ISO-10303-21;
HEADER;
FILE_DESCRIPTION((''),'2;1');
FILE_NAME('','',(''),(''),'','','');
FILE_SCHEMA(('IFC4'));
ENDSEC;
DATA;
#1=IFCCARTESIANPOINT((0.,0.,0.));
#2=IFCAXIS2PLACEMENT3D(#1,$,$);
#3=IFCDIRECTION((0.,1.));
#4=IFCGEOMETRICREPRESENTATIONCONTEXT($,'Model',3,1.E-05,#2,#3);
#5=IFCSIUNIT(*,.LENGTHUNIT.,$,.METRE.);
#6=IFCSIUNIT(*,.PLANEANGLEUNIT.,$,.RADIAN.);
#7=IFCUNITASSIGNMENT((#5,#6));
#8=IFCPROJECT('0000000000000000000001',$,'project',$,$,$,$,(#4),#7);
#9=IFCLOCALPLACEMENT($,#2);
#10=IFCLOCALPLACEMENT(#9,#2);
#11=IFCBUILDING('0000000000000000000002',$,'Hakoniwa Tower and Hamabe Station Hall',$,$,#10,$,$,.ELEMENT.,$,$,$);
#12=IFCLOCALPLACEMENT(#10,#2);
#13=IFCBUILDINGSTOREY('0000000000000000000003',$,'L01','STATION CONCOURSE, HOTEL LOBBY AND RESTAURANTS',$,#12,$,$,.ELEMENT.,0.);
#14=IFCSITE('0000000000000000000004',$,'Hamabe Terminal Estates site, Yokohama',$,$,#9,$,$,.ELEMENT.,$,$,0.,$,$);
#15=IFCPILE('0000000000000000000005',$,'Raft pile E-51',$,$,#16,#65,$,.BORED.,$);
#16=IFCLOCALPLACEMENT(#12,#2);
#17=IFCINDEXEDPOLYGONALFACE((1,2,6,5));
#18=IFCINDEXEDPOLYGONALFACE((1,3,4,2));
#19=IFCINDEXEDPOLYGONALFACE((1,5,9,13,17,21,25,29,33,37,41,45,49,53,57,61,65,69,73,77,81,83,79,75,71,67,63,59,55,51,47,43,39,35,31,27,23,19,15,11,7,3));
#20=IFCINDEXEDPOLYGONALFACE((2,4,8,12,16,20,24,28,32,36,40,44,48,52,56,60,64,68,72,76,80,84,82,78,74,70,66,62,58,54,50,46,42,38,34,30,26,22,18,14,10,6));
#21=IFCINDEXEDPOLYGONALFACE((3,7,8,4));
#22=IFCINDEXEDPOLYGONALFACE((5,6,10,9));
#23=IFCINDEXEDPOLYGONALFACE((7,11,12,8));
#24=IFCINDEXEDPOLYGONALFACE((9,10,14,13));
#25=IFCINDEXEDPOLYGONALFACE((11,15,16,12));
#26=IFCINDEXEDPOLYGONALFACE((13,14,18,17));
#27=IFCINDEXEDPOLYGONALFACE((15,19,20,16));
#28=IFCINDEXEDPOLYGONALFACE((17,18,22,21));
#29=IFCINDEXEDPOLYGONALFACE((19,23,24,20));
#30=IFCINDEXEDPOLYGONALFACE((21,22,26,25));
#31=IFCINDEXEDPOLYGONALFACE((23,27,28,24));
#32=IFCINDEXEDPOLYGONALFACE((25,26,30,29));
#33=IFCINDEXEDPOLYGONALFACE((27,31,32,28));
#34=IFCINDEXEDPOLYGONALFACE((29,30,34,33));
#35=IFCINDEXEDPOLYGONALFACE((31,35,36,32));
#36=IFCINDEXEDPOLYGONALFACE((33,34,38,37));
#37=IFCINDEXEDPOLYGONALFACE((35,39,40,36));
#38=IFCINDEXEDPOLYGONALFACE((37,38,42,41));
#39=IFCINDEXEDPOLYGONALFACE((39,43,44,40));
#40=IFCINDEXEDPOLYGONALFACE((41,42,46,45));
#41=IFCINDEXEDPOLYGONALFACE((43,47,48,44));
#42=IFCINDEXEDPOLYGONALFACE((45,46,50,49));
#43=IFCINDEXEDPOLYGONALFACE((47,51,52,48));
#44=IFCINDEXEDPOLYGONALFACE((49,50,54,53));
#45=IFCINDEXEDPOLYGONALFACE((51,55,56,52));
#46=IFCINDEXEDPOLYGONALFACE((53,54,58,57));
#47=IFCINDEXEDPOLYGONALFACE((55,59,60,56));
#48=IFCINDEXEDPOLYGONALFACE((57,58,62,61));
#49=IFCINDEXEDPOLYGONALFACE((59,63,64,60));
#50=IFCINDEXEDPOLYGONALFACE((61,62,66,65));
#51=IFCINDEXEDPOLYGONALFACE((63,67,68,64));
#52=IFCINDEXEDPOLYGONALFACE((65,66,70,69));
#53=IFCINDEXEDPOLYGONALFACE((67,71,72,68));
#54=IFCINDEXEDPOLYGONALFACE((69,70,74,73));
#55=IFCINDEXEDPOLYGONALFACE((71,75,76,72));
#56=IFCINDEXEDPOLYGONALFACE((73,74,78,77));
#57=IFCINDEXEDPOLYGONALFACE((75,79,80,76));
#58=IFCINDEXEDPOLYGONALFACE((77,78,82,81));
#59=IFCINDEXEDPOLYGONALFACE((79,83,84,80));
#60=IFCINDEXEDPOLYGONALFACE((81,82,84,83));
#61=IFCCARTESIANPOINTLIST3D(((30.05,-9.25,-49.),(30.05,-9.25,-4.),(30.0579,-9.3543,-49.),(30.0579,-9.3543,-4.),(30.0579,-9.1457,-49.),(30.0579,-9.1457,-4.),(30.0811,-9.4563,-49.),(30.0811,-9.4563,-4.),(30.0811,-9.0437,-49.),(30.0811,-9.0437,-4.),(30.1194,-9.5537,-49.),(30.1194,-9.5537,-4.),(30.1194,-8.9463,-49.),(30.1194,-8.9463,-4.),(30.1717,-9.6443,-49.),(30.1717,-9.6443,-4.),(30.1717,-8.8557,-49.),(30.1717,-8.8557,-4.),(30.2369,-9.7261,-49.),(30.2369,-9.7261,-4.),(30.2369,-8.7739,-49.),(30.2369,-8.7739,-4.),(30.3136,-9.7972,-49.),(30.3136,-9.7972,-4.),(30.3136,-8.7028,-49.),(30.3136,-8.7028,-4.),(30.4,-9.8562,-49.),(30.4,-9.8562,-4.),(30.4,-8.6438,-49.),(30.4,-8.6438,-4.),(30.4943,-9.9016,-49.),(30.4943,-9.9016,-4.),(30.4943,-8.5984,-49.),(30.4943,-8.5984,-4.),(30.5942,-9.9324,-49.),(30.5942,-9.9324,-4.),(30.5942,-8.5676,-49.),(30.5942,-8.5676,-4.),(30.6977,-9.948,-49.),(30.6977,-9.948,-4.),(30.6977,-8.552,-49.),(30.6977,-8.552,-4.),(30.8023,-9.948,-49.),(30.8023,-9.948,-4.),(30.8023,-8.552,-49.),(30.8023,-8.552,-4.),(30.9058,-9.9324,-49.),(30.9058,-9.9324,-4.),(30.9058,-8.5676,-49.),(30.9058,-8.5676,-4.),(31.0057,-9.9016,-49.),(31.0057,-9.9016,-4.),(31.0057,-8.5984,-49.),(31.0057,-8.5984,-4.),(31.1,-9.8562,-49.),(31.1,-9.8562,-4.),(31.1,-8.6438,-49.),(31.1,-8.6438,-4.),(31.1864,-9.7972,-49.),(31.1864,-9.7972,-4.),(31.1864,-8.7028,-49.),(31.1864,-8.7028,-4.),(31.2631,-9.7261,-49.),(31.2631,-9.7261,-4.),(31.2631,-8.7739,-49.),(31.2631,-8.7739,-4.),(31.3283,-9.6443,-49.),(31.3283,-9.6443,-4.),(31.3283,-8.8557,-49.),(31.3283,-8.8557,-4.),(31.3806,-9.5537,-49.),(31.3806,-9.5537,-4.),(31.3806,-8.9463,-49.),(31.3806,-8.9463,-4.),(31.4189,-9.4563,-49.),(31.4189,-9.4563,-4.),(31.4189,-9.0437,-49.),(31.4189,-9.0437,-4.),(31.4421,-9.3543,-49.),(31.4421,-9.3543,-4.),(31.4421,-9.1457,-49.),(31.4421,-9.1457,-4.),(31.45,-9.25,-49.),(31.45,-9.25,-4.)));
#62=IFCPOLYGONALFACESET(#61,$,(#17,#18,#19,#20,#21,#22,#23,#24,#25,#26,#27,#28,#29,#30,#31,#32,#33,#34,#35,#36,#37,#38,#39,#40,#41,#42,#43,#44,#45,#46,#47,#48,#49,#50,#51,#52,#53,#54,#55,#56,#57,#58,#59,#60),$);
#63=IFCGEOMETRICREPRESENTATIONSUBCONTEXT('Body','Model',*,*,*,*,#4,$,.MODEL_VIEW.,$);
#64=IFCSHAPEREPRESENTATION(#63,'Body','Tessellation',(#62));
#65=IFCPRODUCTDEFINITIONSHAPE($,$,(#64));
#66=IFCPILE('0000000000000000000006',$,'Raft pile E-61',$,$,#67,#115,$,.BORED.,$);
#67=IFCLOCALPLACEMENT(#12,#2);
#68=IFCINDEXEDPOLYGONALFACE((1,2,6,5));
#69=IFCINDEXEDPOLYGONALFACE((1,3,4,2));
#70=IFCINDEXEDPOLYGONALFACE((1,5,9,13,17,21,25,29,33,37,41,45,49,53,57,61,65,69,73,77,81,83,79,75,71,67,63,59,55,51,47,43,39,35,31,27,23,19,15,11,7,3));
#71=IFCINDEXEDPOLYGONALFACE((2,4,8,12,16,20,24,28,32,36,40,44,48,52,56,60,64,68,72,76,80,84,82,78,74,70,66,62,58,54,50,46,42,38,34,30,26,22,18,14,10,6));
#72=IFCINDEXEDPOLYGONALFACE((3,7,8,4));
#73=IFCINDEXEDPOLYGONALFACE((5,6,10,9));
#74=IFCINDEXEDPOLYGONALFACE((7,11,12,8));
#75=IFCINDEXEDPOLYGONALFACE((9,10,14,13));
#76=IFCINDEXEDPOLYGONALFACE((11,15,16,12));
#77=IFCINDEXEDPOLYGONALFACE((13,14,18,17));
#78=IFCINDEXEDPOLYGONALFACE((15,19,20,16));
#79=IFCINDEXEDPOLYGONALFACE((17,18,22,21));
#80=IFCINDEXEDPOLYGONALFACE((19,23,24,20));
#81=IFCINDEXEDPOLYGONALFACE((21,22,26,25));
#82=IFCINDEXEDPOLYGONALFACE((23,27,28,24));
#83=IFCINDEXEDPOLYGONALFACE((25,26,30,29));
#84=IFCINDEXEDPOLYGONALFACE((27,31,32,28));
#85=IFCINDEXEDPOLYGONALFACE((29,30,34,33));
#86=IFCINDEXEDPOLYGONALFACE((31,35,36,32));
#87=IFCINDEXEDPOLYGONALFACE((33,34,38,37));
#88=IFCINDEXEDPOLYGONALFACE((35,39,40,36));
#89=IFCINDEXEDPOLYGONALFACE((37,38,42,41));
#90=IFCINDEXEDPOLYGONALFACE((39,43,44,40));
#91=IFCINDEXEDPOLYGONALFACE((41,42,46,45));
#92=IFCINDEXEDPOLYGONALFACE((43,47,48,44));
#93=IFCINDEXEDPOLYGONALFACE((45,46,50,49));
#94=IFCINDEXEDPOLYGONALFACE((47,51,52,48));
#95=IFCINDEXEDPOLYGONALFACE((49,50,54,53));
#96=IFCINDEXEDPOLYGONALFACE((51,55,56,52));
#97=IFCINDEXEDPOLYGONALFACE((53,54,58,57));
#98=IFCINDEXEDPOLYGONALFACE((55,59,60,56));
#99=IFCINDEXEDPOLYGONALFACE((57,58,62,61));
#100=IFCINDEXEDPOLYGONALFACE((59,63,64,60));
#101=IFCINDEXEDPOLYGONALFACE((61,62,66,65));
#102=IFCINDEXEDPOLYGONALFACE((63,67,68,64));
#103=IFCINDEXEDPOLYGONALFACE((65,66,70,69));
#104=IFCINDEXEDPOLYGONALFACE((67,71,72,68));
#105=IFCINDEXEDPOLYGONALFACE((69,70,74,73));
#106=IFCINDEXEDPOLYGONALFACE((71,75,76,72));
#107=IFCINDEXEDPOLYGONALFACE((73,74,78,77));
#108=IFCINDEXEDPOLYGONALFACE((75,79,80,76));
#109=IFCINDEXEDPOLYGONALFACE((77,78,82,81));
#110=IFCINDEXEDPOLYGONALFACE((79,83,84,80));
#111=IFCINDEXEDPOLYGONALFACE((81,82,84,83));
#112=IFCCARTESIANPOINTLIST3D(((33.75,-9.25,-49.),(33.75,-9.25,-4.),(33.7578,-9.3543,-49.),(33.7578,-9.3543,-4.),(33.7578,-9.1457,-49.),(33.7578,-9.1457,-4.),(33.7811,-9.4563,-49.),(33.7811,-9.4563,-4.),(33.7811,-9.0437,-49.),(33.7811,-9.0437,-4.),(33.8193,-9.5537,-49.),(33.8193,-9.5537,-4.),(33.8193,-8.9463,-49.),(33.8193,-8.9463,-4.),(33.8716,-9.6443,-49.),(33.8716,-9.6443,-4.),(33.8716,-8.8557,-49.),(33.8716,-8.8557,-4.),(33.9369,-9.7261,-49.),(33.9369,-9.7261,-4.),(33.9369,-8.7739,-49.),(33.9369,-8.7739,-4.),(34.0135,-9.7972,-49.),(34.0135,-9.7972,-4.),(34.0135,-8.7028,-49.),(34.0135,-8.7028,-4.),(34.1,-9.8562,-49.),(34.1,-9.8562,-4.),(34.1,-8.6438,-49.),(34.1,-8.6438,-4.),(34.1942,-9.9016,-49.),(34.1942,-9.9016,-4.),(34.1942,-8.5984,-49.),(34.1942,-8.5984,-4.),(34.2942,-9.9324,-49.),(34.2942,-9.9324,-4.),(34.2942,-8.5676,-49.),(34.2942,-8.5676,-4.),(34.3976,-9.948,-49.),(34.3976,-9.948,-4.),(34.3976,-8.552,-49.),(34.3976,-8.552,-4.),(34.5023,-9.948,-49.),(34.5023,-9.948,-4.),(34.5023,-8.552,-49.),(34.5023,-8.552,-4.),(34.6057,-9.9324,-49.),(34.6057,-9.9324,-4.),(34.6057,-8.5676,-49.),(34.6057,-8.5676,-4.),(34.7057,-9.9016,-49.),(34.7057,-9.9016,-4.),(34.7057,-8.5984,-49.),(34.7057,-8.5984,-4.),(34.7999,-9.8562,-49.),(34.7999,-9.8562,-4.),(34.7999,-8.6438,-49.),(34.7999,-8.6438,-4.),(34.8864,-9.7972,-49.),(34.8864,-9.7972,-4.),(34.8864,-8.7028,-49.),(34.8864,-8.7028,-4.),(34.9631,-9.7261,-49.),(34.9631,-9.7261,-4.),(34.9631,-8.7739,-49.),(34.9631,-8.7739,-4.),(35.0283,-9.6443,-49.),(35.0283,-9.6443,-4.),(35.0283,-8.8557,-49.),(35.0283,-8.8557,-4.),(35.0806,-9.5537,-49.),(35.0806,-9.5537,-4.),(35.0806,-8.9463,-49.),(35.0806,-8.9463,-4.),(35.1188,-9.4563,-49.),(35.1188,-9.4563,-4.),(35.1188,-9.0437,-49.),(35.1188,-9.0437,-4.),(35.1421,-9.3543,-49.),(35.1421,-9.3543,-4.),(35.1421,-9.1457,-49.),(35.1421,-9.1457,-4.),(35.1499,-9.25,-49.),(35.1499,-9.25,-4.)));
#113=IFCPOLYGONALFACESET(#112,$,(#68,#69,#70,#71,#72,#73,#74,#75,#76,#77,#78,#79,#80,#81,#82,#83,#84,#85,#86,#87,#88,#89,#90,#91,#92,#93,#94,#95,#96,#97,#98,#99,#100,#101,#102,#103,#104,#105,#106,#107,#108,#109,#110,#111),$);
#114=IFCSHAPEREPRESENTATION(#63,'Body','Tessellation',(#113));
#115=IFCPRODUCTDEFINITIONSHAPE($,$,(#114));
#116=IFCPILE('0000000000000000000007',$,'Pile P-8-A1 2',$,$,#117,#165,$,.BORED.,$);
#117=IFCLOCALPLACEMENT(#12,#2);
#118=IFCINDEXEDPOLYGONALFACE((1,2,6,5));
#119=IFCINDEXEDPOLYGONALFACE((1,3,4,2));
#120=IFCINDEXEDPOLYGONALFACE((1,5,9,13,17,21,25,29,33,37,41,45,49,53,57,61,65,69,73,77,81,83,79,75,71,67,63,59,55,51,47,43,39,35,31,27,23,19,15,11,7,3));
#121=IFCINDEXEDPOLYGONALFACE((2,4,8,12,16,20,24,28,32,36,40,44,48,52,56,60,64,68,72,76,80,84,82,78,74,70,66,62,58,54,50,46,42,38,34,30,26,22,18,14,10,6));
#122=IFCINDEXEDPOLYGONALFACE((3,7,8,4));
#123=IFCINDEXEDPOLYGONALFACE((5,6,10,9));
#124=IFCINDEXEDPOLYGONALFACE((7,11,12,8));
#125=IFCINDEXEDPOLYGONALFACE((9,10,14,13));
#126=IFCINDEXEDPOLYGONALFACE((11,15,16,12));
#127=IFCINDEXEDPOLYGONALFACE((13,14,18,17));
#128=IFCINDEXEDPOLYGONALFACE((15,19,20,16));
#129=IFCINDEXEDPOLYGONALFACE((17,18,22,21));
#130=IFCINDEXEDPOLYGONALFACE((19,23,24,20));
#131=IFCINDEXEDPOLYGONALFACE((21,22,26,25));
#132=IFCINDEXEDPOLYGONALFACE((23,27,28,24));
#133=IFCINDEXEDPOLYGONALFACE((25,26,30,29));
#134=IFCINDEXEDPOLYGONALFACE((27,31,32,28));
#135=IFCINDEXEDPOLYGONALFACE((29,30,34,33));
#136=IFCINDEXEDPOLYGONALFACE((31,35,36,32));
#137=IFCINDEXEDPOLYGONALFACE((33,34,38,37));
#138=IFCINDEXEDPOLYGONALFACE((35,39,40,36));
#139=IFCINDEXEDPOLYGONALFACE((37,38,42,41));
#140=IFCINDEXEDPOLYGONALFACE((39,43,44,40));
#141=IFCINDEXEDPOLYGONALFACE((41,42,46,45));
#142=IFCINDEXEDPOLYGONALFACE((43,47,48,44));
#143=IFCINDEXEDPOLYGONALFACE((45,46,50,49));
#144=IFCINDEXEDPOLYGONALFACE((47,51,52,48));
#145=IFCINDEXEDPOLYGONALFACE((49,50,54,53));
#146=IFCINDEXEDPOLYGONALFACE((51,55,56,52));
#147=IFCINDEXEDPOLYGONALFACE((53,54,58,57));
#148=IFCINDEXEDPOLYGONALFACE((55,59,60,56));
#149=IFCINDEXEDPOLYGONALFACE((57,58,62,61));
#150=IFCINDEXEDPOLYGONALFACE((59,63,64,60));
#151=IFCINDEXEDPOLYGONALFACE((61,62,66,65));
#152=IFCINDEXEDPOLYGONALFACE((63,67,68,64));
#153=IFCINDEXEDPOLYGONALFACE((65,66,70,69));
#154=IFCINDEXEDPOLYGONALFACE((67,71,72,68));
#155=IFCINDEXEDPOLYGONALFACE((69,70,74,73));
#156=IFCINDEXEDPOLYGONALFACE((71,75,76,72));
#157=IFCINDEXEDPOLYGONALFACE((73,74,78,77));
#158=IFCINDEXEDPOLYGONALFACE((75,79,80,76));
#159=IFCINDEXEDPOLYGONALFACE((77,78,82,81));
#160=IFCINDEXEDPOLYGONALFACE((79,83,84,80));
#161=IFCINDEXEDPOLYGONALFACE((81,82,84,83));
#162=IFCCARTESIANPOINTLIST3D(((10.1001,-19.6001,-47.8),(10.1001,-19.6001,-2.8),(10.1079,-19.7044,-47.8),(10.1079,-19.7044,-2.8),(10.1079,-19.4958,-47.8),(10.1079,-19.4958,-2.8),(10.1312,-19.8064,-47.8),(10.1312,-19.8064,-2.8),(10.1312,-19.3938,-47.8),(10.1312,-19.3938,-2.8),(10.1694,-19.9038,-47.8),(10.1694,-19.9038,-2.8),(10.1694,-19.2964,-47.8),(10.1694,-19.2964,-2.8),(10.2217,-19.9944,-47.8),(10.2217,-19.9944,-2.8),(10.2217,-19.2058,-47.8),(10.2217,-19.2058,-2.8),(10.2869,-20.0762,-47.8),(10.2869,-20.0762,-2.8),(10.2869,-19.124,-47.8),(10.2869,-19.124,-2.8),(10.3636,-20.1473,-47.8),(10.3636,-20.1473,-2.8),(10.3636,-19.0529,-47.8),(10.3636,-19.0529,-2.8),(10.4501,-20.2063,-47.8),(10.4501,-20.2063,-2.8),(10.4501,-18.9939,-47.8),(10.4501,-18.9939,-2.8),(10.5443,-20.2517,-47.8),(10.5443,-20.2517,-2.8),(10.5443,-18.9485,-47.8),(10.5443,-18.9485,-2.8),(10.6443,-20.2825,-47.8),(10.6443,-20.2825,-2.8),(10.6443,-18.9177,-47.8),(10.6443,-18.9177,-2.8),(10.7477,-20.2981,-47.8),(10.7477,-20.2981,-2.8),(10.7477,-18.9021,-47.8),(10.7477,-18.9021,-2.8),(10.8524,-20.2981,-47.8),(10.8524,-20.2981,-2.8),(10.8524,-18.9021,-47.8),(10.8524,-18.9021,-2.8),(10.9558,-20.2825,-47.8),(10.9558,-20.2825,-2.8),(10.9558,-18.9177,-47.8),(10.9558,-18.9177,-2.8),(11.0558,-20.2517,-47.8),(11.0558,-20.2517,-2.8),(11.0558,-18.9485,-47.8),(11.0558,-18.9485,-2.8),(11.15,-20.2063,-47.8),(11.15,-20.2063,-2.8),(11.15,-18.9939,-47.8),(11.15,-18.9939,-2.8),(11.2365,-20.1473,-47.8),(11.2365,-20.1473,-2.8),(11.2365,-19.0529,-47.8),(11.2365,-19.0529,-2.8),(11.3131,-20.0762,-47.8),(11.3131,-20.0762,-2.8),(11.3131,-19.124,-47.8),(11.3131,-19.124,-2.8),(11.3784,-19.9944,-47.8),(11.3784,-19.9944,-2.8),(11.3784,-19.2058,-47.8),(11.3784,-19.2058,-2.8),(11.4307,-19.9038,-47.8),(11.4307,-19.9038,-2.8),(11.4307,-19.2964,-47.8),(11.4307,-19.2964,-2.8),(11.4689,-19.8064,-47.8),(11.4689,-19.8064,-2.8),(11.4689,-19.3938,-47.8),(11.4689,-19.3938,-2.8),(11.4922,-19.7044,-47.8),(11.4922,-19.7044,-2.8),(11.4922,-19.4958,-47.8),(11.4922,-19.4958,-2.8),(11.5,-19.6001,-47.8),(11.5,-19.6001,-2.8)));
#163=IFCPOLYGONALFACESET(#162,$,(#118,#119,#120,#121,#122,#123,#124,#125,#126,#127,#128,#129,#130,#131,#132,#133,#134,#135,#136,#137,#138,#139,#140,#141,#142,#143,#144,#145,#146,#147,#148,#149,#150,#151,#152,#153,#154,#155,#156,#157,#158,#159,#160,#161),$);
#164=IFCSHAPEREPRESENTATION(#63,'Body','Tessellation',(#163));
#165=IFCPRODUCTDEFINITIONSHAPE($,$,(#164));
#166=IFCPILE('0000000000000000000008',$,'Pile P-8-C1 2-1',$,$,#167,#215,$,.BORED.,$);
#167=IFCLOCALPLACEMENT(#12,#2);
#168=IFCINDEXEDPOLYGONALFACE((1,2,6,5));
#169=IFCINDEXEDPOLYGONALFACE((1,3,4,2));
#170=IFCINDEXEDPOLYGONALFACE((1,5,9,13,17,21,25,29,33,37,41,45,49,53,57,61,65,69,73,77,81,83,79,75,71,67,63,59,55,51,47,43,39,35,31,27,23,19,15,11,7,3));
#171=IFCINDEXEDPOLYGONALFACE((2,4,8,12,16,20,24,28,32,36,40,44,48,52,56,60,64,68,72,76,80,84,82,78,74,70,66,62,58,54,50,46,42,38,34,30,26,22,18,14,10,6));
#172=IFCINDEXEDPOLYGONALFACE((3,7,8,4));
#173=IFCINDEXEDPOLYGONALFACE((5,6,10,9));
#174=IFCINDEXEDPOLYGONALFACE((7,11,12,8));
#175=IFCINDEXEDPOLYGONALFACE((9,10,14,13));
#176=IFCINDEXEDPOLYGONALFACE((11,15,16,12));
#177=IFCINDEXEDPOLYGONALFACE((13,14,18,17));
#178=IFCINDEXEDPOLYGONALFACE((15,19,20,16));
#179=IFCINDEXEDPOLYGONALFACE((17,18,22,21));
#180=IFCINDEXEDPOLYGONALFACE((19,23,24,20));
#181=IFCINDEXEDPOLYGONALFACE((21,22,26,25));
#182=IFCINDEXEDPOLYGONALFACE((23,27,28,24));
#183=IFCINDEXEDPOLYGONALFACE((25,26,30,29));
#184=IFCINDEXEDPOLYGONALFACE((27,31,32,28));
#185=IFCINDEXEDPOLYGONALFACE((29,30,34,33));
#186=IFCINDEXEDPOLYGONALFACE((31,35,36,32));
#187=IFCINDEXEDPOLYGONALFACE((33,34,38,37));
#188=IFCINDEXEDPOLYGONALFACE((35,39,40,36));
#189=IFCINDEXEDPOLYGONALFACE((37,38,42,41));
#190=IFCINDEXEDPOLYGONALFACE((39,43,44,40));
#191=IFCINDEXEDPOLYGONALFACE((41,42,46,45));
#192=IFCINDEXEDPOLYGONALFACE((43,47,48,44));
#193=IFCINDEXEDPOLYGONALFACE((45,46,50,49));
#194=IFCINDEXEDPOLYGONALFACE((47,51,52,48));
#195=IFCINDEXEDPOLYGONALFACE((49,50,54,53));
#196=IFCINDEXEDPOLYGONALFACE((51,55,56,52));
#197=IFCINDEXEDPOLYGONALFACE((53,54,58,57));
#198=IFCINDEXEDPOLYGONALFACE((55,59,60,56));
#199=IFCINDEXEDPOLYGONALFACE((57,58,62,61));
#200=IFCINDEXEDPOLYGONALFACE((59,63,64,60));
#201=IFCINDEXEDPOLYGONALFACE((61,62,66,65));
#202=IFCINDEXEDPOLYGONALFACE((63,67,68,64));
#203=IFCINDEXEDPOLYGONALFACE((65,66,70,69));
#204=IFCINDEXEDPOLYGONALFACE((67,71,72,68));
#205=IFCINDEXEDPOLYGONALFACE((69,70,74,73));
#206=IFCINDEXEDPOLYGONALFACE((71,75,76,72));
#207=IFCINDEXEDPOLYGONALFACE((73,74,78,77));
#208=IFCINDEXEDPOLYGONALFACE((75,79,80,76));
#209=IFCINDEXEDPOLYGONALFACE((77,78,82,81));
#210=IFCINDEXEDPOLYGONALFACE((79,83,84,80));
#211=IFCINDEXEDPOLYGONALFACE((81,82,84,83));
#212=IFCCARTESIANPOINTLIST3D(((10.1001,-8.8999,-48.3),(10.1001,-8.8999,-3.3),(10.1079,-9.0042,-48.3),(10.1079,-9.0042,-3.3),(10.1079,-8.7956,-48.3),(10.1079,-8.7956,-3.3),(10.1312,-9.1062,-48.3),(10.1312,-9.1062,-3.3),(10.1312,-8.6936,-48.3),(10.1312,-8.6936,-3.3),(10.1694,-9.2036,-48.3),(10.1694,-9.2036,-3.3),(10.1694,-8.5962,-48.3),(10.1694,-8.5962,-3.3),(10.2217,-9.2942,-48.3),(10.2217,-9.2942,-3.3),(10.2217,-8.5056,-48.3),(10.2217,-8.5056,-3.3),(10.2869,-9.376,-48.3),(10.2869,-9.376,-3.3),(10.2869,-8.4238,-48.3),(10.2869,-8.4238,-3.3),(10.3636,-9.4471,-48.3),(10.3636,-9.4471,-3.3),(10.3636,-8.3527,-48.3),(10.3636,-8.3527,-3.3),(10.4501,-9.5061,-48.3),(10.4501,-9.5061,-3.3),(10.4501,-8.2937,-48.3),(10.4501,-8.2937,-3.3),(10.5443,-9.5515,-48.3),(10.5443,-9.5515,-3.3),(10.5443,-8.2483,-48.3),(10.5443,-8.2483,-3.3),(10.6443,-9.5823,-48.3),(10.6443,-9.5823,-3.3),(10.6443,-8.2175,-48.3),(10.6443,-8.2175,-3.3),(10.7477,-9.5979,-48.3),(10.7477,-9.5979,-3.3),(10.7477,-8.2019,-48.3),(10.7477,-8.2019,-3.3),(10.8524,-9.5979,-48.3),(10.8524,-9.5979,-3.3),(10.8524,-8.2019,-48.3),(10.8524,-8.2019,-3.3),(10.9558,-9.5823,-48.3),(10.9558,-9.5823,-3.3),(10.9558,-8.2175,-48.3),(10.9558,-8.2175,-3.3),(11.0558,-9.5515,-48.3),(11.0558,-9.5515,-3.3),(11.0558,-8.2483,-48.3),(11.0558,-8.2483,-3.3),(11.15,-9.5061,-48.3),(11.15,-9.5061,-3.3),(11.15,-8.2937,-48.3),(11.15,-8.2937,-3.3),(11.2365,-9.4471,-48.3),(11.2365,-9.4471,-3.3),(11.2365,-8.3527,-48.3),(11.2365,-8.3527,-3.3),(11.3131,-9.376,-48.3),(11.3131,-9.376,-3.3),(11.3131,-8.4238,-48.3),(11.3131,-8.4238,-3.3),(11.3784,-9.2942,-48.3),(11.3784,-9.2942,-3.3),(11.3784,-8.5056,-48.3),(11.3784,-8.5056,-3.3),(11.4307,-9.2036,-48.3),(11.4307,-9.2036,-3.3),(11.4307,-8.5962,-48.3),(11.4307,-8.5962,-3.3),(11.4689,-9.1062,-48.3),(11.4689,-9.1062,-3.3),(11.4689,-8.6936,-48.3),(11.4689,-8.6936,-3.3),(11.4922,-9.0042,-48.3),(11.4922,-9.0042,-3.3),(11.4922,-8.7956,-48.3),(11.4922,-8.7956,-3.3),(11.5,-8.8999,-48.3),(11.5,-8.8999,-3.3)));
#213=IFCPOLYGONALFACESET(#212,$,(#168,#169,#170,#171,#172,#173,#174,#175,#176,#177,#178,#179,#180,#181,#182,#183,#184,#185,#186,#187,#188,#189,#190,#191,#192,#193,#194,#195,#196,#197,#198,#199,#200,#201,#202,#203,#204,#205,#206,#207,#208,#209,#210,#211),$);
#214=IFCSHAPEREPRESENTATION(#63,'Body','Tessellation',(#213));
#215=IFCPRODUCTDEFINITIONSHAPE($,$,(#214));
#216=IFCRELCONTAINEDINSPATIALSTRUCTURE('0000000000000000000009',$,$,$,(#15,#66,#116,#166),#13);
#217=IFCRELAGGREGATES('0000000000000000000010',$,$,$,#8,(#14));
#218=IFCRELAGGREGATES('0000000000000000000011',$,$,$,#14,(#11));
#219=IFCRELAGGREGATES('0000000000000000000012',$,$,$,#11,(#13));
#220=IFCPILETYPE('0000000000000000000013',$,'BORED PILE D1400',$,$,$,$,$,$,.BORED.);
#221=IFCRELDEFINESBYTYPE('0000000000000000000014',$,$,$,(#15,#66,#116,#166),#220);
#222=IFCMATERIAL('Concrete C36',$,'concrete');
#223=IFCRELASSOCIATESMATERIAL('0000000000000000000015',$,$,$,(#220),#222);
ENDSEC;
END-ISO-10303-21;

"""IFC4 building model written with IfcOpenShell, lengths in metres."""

from ifc_helpers import new_model, si_unit, direction, frame, origin, origin_2d, place, context, subcontext, project, spatial, circle, extrude, material, material_profile, profile_set, type_object, element, save


model = new_model("IFC4")

# Units and contexts
model_context = context("Model", 3, precision=1e-05, world=origin(), true_north=direction((0.0, 1.0)))
body_context = subcontext(model_context, "Body", "Model", "MODEL_VIEW")
ifc_project = project(units=[si_unit("LENGTHUNIT", "METRE"), si_unit("PLANEANGLEUNIT", "RADIAN")], contexts=[model_context])

# Site, building, storey
site_placement = place(None, origin())
site = spatial("IfcSite", under=ifc_project, at=site_placement, Name="Hamabe Terminal Estates site, Yokohama", CompositionType="ELEMENT", RefElevation=0.0)
building_placement = place(site_placement, origin())
building = spatial("IfcBuilding", under=site, at=building_placement, Name="Hakoniwa Tower and Hamabe Station Hall", CompositionType="ELEMENT")
storey_placement = place(building_placement, origin())
storey = spatial("IfcBuildingStorey", under=building, at=storey_placement, Name="L01", Description="STATION CONCOURSE, HOTEL LOBBY AND RESTAURANTS", CompositionType="ELEMENT", Elevation=0.0)

# Piles
ifc_material_1 = material(Name="Concrete C36", Category="concrete")
ifc_material_profile_1 = material_profile(ifc_material_1, circle(Radius=0.7, at=origin_2d()), Name="BORED PILE D1400")
ifc_profile_set_1 = profile_set([ifc_material_profile_1], Name="Concrete C36")
pile_type = type_object("IfcPileType", Name="BORED PILE D1400", PredefinedType="BORED", material=ifc_profile_set_1)
for number, where, z_axis, x_axis, name in (
    (1, (30.75, -9.25, -4.0), (0.0, 0.0, -1.0), (1.0, 0.0, 0.0), "Raft pile E-51"),
    (2, (34.45, -9.25, -4.0), (0.0, 0.0, -1.0), (1.0, 0.0, 0.0), "Raft pile E-61"),
    (3, (10.8, -19.6001, -2.8), (0.0, 0.0, -1.0), (1.0, 0.0, 0.0), "Pile P-8-A1 2"),
    (4, (10.8, -8.8999, -3.3), (0.0, 0.0, -1.0), (1.0, 0.0, 0.0), "Pile P-8-C1 2-1"),
):
    element("IfcPile", number, at=place(storey_placement, frame(where, z_axis=z_axis, x_axis=x_axis)), inside=storey, type_object=pile_type, Name=name, PredefinedType="BORED", context=body_context, shape_type="SweptSolid", body=[
        extrude(circle(Radius=0.7, at=origin_2d()), origin(), (0.0, 0.0, 1.0), 45.0),
    ])

save(model, "model.ifc")
